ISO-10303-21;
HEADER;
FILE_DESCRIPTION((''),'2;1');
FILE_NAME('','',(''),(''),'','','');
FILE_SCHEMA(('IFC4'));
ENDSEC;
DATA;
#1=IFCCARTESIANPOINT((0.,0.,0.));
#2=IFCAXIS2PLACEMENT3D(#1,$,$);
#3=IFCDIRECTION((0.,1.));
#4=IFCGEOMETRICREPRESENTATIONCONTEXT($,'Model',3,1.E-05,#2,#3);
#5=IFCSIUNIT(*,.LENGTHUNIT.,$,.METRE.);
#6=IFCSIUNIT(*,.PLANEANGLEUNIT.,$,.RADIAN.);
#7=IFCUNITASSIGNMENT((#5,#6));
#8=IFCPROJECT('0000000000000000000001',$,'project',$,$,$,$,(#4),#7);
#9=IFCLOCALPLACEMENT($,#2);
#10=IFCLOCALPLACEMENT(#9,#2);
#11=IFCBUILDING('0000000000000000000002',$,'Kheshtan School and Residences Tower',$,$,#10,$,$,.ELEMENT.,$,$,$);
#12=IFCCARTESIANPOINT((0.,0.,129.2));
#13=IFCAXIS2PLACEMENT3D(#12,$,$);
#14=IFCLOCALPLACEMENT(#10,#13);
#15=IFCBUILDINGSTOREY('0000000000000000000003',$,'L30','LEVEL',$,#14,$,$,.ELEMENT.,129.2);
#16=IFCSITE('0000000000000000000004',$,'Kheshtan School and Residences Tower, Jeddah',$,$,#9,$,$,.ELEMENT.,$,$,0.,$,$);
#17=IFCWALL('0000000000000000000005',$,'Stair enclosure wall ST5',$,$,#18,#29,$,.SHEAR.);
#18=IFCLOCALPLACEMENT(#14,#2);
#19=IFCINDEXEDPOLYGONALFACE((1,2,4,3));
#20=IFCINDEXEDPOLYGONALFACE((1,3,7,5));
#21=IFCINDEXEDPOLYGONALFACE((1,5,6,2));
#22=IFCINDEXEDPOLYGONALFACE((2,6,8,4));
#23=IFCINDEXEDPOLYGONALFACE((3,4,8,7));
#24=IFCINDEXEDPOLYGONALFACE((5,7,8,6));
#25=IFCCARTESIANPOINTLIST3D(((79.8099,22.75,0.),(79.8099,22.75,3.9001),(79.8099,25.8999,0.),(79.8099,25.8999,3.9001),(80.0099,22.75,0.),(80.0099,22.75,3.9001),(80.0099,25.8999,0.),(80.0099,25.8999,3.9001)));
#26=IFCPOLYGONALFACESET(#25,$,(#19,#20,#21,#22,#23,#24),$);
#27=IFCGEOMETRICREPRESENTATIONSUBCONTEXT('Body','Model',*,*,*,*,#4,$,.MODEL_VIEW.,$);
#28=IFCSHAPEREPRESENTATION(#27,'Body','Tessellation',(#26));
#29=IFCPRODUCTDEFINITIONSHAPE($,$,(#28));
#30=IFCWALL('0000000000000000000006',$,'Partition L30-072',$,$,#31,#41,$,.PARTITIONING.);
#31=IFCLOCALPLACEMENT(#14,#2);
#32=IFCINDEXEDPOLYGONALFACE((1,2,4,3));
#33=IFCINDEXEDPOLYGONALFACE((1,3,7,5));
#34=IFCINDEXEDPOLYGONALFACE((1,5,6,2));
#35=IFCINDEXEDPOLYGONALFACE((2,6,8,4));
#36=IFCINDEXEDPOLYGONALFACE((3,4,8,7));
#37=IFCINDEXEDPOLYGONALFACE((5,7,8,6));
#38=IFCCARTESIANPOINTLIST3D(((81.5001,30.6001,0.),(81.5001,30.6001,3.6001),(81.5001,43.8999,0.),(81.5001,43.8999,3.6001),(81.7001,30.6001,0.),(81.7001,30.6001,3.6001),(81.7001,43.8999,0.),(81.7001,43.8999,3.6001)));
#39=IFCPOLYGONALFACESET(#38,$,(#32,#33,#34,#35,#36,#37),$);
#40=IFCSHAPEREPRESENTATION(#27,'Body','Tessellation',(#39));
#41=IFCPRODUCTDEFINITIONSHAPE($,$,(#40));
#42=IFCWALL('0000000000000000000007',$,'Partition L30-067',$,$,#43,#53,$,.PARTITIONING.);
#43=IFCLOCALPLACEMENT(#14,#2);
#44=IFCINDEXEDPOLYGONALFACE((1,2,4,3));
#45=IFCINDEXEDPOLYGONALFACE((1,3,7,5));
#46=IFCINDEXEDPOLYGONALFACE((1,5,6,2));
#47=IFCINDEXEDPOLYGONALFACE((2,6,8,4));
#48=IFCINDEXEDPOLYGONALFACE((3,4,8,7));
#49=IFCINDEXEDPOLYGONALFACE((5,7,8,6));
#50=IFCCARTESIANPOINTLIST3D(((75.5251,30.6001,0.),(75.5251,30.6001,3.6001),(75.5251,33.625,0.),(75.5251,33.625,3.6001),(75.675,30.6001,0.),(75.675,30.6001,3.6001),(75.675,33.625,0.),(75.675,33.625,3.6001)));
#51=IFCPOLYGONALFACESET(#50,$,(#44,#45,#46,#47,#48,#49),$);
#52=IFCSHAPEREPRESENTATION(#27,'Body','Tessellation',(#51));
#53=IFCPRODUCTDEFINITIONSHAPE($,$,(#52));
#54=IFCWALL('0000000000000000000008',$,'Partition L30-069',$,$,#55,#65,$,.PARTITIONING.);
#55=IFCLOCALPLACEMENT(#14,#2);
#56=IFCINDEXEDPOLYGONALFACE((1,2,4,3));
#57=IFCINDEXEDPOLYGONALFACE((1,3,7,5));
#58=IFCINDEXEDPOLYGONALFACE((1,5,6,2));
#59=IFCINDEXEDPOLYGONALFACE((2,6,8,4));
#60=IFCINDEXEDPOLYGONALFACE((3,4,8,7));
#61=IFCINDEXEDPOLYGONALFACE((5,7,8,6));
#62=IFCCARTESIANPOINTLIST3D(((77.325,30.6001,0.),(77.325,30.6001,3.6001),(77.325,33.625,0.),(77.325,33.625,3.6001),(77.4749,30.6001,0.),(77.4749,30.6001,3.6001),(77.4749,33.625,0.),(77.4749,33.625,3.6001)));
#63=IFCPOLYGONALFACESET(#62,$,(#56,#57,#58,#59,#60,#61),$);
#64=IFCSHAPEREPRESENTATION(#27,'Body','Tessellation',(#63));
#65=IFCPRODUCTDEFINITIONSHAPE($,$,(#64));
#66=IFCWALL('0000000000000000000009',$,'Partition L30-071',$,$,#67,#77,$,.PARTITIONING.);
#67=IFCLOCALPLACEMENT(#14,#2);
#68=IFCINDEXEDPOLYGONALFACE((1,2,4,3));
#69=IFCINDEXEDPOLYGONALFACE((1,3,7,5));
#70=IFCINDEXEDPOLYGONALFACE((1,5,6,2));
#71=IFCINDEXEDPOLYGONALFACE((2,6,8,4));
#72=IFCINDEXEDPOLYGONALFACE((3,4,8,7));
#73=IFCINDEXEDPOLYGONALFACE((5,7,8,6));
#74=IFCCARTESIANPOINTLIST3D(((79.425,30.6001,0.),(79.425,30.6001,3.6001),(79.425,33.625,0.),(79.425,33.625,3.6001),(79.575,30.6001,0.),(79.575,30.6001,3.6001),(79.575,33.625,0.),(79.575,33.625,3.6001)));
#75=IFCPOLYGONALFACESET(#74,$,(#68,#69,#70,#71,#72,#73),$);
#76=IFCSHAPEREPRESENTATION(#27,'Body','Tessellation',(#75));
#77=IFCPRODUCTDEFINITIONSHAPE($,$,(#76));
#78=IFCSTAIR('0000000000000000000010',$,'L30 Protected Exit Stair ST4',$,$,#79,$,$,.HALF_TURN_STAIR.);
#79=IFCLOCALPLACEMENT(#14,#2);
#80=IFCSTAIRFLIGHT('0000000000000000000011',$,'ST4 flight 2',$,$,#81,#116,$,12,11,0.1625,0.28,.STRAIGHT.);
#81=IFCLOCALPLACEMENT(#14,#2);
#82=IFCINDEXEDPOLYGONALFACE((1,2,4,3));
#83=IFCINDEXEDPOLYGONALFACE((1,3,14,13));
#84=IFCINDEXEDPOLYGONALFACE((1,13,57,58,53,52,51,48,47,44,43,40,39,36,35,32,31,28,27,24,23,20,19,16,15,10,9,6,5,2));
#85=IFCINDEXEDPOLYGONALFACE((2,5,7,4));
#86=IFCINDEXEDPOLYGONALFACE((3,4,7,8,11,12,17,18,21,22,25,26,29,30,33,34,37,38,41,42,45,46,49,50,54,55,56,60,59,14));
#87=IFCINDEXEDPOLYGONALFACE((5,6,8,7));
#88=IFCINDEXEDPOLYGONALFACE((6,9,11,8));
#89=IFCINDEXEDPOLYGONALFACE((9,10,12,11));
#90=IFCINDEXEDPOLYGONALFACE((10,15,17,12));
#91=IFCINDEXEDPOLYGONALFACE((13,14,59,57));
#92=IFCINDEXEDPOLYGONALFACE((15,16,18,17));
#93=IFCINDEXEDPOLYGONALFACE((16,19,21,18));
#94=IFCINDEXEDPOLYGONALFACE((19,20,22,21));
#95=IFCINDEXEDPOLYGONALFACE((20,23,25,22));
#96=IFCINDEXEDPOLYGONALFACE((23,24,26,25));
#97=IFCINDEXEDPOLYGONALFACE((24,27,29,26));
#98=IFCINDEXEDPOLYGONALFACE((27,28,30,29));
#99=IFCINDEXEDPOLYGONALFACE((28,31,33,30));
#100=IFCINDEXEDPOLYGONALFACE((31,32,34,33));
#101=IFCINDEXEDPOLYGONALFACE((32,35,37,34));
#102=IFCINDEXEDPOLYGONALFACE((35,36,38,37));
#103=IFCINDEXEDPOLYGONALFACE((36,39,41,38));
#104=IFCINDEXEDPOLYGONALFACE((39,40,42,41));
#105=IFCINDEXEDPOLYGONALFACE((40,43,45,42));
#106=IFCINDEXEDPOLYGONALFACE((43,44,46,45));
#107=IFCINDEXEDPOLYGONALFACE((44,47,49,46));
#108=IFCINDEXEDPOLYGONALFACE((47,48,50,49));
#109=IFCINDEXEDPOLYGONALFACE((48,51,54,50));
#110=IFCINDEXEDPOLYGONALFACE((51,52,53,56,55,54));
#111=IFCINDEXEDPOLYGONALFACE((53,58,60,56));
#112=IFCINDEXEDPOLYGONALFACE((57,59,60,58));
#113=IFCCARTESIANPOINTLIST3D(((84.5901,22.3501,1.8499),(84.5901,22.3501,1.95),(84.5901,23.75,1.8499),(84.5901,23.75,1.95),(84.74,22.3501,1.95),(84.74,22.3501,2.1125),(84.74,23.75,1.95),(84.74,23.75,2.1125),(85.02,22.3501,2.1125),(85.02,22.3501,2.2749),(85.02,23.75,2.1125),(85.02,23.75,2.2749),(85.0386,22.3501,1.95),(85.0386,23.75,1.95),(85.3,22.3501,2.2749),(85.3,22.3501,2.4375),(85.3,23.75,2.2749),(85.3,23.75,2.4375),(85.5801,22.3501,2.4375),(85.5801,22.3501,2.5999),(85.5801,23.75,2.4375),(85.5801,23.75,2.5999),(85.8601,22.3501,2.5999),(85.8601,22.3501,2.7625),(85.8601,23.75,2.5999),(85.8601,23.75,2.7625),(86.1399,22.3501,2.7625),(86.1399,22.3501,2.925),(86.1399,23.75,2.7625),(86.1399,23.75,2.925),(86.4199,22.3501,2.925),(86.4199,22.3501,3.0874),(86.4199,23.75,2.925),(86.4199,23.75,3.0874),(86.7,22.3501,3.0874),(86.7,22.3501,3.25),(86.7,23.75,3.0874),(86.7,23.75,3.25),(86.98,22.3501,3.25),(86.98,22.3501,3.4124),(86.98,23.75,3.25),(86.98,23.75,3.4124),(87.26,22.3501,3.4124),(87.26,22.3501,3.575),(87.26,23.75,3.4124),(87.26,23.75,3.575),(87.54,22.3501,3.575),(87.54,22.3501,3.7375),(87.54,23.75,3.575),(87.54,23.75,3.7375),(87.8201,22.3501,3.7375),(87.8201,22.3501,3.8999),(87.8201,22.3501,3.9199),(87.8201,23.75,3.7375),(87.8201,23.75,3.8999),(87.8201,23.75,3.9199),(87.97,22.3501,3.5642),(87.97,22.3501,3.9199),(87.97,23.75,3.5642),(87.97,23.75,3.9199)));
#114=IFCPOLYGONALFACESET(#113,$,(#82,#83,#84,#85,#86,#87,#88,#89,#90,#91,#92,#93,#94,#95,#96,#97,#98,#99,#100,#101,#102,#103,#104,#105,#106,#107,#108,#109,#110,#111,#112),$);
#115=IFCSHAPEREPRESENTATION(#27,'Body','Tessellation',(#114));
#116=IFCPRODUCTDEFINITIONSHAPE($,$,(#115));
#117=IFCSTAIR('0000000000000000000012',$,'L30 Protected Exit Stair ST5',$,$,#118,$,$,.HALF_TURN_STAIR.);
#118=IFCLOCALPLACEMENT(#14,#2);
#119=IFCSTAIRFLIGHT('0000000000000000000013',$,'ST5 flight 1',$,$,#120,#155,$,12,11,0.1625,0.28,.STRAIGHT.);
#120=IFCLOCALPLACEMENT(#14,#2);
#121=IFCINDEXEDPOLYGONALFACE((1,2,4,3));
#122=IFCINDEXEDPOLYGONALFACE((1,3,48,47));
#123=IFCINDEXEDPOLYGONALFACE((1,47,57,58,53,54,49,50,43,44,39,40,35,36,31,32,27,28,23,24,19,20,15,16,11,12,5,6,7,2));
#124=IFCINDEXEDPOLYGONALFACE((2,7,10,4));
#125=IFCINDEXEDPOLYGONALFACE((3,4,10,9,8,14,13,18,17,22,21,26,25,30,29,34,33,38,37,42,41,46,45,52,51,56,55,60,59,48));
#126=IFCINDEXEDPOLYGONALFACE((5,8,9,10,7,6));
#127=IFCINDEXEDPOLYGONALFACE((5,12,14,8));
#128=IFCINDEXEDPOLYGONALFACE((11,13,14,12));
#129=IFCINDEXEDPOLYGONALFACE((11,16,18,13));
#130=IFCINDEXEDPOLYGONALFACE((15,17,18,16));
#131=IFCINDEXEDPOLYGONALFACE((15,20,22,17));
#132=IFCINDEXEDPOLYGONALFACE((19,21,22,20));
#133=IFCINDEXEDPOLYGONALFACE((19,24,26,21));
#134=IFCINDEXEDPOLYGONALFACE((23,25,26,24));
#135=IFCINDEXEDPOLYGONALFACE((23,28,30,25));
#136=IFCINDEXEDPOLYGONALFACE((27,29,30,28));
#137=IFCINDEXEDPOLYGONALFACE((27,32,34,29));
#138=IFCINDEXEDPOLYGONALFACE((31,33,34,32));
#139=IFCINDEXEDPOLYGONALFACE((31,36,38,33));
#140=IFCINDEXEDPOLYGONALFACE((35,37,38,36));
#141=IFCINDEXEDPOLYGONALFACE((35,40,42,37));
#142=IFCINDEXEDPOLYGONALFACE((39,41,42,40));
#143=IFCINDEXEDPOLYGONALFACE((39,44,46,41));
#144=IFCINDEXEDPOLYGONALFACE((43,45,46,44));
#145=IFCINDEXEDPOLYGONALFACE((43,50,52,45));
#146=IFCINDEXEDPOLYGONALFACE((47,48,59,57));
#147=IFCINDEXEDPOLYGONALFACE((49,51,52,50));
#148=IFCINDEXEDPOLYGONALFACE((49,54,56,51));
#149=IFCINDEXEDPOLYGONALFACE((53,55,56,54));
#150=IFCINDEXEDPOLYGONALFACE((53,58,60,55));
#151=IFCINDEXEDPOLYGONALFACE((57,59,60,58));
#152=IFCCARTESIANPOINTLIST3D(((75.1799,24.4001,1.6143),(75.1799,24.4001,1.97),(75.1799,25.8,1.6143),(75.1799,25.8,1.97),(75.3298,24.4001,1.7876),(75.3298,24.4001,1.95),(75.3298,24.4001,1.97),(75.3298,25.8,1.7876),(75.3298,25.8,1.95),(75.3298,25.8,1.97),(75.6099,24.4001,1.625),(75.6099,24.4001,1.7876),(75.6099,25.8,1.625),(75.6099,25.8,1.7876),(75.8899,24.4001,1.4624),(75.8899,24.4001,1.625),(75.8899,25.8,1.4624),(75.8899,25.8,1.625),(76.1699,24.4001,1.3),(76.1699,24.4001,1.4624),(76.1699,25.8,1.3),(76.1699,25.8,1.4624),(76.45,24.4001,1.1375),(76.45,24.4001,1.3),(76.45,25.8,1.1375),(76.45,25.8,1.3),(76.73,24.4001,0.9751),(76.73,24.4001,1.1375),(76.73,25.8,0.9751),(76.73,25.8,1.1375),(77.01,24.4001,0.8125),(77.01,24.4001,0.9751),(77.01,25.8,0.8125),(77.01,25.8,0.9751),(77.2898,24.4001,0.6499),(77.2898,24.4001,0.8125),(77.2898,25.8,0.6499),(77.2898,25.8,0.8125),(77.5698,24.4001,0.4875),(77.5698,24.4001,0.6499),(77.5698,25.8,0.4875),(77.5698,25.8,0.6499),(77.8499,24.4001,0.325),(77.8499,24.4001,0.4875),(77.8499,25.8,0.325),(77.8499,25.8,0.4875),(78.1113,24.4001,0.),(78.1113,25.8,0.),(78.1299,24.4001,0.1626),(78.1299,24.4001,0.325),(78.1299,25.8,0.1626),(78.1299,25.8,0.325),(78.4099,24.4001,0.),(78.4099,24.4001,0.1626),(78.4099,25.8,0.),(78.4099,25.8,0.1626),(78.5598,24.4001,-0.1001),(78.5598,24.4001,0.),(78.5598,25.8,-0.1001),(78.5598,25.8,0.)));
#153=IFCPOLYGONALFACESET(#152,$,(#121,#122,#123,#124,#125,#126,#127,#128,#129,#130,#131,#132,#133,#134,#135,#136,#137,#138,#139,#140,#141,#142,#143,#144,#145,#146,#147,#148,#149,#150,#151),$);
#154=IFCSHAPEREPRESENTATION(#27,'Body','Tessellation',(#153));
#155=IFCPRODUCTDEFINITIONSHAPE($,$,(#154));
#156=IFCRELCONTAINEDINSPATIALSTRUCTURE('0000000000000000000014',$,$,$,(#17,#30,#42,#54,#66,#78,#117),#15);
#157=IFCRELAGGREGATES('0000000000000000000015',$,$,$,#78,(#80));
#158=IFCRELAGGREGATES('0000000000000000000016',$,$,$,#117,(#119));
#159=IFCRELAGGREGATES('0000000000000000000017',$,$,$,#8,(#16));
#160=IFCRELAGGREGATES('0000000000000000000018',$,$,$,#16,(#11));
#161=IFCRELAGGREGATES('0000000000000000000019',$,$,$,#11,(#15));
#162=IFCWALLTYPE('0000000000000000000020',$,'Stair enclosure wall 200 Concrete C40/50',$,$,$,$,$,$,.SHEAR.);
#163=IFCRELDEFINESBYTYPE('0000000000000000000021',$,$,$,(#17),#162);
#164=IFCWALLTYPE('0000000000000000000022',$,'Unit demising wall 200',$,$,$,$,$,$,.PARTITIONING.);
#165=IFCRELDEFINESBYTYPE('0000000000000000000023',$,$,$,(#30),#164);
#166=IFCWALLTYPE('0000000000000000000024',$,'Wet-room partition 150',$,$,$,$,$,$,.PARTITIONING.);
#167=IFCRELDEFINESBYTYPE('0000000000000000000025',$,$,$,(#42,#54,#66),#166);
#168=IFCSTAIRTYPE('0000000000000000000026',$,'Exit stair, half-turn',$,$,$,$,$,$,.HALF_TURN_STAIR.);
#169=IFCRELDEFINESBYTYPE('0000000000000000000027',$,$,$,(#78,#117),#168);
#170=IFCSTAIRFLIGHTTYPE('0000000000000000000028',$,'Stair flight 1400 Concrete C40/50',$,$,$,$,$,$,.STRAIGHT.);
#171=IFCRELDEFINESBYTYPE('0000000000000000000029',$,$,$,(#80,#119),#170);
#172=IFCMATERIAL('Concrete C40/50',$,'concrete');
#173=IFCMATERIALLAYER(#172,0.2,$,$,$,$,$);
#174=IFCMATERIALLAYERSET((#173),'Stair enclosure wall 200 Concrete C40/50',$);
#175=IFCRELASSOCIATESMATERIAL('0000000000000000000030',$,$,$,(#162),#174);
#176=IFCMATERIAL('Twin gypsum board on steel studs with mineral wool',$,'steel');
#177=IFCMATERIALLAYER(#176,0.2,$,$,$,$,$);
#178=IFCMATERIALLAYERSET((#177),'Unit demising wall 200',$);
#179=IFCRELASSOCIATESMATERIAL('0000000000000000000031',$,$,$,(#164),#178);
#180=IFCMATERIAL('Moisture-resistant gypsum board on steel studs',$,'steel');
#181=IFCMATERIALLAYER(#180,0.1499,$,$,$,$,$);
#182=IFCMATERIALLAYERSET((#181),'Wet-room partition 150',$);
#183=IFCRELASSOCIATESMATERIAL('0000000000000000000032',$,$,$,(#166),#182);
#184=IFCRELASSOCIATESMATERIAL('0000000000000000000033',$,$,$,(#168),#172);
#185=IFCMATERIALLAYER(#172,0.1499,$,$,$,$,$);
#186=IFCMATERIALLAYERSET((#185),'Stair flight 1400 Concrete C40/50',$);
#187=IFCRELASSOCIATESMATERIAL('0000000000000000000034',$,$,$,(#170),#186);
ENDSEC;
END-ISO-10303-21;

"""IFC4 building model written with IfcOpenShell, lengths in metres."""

from ifc_helpers import new_model, si_unit, direction, frame, frame_2d, origin, place, context, subcontext, project, spatial, polyline, rectangle, outline, extrude, material, layer, layer_set, type_object, element, aggregate, save


model = new_model("IFC4")

# Units and contexts
model_context = context("Model", 3, precision=1e-05, world=origin(), true_north=direction((0.0, 1.0)))
body_context = subcontext(model_context, "Body", "Model", "MODEL_VIEW")
ifc_project = project(units=[si_unit("LENGTHUNIT", "METRE"), si_unit("PLANEANGLEUNIT", "RADIAN")], contexts=[model_context])

# Site, building, storey
site_placement = place(None, origin())
site = spatial("IfcSite", under=ifc_project, at=site_placement, Name="Kheshtan School and Residences Tower, Jeddah", CompositionType="ELEMENT", RefElevation=0.0)
building_placement = place(site_placement, origin())
building = spatial("IfcBuilding", under=site, at=building_placement, Name="Kheshtan School and Residences Tower", CompositionType="ELEMENT")
storey_placement = place(building_placement, frame((0.0, 0.0, 129.2)))
storey = spatial("IfcBuildingStorey", under=building, at=storey_placement, Name="L30", Description="LEVEL", CompositionType="ELEMENT", Elevation=129.2)

# Shared definitions
ifc_material_1 = material(Name="Concrete C40/50", Category="concrete")
ifc_layer_1 = layer(ifc_material_1, 0.2)
ifc_layer_set_1 = layer_set([ifc_layer_1], Name="Stair enclosure wall 200 Concrete C40/50")
wall_type_1 = type_object("IfcWallType", Name="Stair enclosure wall 200 Concrete C40/50", PredefinedType="SHEAR", material=ifc_layer_set_1)

# Walls
for number, where, z_axis, x_axis, name in (
    (1, (79.9099, 22.75, 0.0), (0.0, 0.0, 1.0), (0.0, 1.0, 0.0), "Stair enclosure wall ST5"),
):
    element("IfcWall", number, at=place(storey_placement, frame(where, z_axis=z_axis, x_axis=x_axis)), inside=storey, type_object=wall_type_1, Name=name, PredefinedType="SHEAR", context=body_context, shape_type="SweptSolid", body=[
        extrude(rectangle(XDim=3.1499, YDim=0.2, at=frame_2d((1.575, 0.0))), origin(), (0.0, 0.0, 1.0), 3.9001),
    ])
ifc_material_2 = material(Name="Twin gypsum board on steel studs with mineral wool", Category="steel")
ifc_layer_2 = layer(ifc_material_2, 0.2)
ifc_layer_set_2 = layer_set([ifc_layer_2], Name="Unit demising wall 200")
wall_type_2 = type_object("IfcWallType", Name="Unit demising wall 200", PredefinedType="PARTITIONING", material=ifc_layer_set_2)
wall_1_placement = place(storey_placement, frame((81.6001, 30.6001, 0.0), z_axis=(0.0, 0.0, 1.0), x_axis=(0.0, 1.0, 0.0)))
element("IfcWall", 2, at=wall_1_placement, inside=storey, type_object=wall_type_2, Name="Partition L30-072", PredefinedType="PARTITIONING", context=body_context, shape_type="SweptSolid", body=[
    extrude(rectangle(XDim=13.2998, YDim=0.2, at=frame_2d((6.6499, 0.0))), origin(), (0.0, 0.0, 1.0), 3.6001),
])
ifc_material_3 = material(Name="Moisture-resistant gypsum board on steel studs", Category="steel")
ifc_layer_3 = layer(ifc_material_3, 0.1499)
ifc_layer_set_3 = layer_set([ifc_layer_3], Name="Wet-room partition 150")
wall_type_3 = type_object("IfcWallType", Name="Wet-room partition 150", PredefinedType="PARTITIONING", material=ifc_layer_set_3)
for number, where, z_axis, x_axis, name in (
    (3, (75.6001, 30.6001, 0.0), (0.0, 0.0, 1.0), (0.0, 1.0, 0.0), "Partition L30-067"),
    (4, (77.3999, 30.6001, 0.0), (0.0, 0.0, 1.0), (0.0, 1.0, 0.0), "Partition L30-069"),
    (5, (79.5, 30.6001, 0.0), (0.0, 0.0, 1.0), (0.0, 1.0, 0.0), "Partition L30-071"),
):
    element("IfcWall", number, at=place(storey_placement, frame(where, z_axis=z_axis, x_axis=x_axis)), inside=storey, type_object=wall_type_3, Name=name, PredefinedType="PARTITIONING", context=body_context, shape_type="SweptSolid", body=[
        extrude(rectangle(XDim=3.0249, YDim=0.1499, at=frame_2d((1.5125, 0.0))), origin(), (0.0, 0.0, 1.0), 3.6001),
    ])

# Stair, stair flight
stair_type = type_object("IfcStairType", Name="Exit stair, half-turn", PredefinedType="HALF_TURN_STAIR", material=ifc_material_1)
stair_1_placement = place(storey_placement, origin())
stair_1 = element("IfcStair", 6, at=stair_1_placement, inside=storey, type_object=stair_type, Name="L30 Protected Exit Stair ST4", PredefinedType="HALF_TURN_STAIR")
ifc_layer_4 = layer(ifc_material_1, 0.1499)
ifc_layer_set_4 = layer_set([ifc_layer_4], Name="Stair flight 1400 Concrete C40/50")
stair_flight_type = type_object("IfcStairFlightType", Name="Stair flight 1400 Concrete C40/50", PredefinedType="STRAIGHT", material=ifc_layer_set_4)
stair_flight_1_placement = place(storey_placement, frame((84.74, 23.05, 1.95), z_axis=(0.0, 0.0, 1.0), x_axis=(1.0, 0.0, 0.0)))
stair_flight_1 = element("IfcStairFlight", 7, at=stair_flight_1_placement, type_object=stair_flight_type, Name="ST4 flight 2", NumberOfRisers=12, NumberOfTreads=11, PredefinedType="STRAIGHT", RiserHeight=0.1625, TreadLength=0.28, context=body_context, shape_type="SweptSolid", body=[
    extrude(outline(polyline([(-0.1499, -0.1001), (-0.1499, 0.0), (0.0, 0.0), (0.0, 0.1626), (0.28, 0.1626), (0.28, 0.325), (0.5601, 0.325), (0.5601, 0.4875), (0.8401, 0.4875), (0.8401, 0.6499), (1.1201, 0.6499), (1.1201, 0.8125), (1.3999, 0.8125), (1.3999, 0.9751), (1.6799, 0.9751), (1.6799, 1.1375), (1.96, 1.1375), (1.96, 1.3), (2.24, 1.3), (2.24, 1.4624), (2.52, 1.4624), (2.52, 1.625), (2.8, 1.625), (2.8, 1.7876), (3.0801, 1.7876), (3.0801, 1.95), (3.0801, 1.97), (3.23, 1.97), (3.23, 1.6143), (0.2986, 0.0), (-0.1499, -0.1001)])), frame((0.0, 0.7, 0.0), z_axis=(0.0, -1.0, 0.0), x_axis=(1.0, 0.0, 0.0)), (0.0, 0.0, 1.0), 1.3999),
])
aggregate(stair_1, [stair_flight_1])

# Stair, stair flight
stair_2_placement = place(storey_placement, origin())
stair_2 = element("IfcStair", 8, at=stair_2_placement, inside=storey, type_object=stair_type, Name="L30 Protected Exit Stair ST5", PredefinedType="HALF_TURN_STAIR")
stair_flight_2_placement = place(storey_placement, frame((78.4099, 25.1001, 0.0), z_axis=(0.0, 0.0, 1.0), x_axis=(-1.0, 0.0, 0.0)))
stair_flight_2 = element("IfcStairFlight", 9, at=stair_flight_2_placement, type_object=stair_flight_type, Name="ST5 flight 1", NumberOfRisers=12, NumberOfTreads=11, PredefinedType="STRAIGHT", RiserHeight=0.1625, TreadLength=0.28, context=body_context, shape_type="SweptSolid", body=[
    extrude(outline(polyline([(-0.1499, -0.1001), (-0.1499, 0.0), (0.0, 0.0), (0.0, 0.1626), (0.28, 0.1626), (0.28, 0.325), (0.5601, 0.325), (0.5601, 0.4875), (0.8401, 0.4875), (0.8401, 0.6499), (1.1201, 0.6499), (1.1201, 0.8125), (1.3999, 0.8125), (1.3999, 0.9751), (1.6799, 0.9751), (1.6799, 1.1375), (1.96, 1.1375), (1.96, 1.3), (2.24, 1.3), (2.24, 1.4624), (2.52, 1.4624), (2.52, 1.625), (2.8, 1.625), (2.8, 1.7876), (3.0801, 1.7876), (3.0801, 1.95), (3.0801, 1.97), (3.23, 1.97), (3.23, 1.6143), (0.2986, 0.0), (-0.1499, -0.1001)])), frame((0.0, 0.7, 0.0), z_axis=(0.0, -1.0, 0.0), x_axis=(1.0, 0.0, 0.0)), (0.0, 0.0, 1.0), 1.3999),
])
aggregate(stair_2, [stair_flight_2])

save(model, "model.ifc")
